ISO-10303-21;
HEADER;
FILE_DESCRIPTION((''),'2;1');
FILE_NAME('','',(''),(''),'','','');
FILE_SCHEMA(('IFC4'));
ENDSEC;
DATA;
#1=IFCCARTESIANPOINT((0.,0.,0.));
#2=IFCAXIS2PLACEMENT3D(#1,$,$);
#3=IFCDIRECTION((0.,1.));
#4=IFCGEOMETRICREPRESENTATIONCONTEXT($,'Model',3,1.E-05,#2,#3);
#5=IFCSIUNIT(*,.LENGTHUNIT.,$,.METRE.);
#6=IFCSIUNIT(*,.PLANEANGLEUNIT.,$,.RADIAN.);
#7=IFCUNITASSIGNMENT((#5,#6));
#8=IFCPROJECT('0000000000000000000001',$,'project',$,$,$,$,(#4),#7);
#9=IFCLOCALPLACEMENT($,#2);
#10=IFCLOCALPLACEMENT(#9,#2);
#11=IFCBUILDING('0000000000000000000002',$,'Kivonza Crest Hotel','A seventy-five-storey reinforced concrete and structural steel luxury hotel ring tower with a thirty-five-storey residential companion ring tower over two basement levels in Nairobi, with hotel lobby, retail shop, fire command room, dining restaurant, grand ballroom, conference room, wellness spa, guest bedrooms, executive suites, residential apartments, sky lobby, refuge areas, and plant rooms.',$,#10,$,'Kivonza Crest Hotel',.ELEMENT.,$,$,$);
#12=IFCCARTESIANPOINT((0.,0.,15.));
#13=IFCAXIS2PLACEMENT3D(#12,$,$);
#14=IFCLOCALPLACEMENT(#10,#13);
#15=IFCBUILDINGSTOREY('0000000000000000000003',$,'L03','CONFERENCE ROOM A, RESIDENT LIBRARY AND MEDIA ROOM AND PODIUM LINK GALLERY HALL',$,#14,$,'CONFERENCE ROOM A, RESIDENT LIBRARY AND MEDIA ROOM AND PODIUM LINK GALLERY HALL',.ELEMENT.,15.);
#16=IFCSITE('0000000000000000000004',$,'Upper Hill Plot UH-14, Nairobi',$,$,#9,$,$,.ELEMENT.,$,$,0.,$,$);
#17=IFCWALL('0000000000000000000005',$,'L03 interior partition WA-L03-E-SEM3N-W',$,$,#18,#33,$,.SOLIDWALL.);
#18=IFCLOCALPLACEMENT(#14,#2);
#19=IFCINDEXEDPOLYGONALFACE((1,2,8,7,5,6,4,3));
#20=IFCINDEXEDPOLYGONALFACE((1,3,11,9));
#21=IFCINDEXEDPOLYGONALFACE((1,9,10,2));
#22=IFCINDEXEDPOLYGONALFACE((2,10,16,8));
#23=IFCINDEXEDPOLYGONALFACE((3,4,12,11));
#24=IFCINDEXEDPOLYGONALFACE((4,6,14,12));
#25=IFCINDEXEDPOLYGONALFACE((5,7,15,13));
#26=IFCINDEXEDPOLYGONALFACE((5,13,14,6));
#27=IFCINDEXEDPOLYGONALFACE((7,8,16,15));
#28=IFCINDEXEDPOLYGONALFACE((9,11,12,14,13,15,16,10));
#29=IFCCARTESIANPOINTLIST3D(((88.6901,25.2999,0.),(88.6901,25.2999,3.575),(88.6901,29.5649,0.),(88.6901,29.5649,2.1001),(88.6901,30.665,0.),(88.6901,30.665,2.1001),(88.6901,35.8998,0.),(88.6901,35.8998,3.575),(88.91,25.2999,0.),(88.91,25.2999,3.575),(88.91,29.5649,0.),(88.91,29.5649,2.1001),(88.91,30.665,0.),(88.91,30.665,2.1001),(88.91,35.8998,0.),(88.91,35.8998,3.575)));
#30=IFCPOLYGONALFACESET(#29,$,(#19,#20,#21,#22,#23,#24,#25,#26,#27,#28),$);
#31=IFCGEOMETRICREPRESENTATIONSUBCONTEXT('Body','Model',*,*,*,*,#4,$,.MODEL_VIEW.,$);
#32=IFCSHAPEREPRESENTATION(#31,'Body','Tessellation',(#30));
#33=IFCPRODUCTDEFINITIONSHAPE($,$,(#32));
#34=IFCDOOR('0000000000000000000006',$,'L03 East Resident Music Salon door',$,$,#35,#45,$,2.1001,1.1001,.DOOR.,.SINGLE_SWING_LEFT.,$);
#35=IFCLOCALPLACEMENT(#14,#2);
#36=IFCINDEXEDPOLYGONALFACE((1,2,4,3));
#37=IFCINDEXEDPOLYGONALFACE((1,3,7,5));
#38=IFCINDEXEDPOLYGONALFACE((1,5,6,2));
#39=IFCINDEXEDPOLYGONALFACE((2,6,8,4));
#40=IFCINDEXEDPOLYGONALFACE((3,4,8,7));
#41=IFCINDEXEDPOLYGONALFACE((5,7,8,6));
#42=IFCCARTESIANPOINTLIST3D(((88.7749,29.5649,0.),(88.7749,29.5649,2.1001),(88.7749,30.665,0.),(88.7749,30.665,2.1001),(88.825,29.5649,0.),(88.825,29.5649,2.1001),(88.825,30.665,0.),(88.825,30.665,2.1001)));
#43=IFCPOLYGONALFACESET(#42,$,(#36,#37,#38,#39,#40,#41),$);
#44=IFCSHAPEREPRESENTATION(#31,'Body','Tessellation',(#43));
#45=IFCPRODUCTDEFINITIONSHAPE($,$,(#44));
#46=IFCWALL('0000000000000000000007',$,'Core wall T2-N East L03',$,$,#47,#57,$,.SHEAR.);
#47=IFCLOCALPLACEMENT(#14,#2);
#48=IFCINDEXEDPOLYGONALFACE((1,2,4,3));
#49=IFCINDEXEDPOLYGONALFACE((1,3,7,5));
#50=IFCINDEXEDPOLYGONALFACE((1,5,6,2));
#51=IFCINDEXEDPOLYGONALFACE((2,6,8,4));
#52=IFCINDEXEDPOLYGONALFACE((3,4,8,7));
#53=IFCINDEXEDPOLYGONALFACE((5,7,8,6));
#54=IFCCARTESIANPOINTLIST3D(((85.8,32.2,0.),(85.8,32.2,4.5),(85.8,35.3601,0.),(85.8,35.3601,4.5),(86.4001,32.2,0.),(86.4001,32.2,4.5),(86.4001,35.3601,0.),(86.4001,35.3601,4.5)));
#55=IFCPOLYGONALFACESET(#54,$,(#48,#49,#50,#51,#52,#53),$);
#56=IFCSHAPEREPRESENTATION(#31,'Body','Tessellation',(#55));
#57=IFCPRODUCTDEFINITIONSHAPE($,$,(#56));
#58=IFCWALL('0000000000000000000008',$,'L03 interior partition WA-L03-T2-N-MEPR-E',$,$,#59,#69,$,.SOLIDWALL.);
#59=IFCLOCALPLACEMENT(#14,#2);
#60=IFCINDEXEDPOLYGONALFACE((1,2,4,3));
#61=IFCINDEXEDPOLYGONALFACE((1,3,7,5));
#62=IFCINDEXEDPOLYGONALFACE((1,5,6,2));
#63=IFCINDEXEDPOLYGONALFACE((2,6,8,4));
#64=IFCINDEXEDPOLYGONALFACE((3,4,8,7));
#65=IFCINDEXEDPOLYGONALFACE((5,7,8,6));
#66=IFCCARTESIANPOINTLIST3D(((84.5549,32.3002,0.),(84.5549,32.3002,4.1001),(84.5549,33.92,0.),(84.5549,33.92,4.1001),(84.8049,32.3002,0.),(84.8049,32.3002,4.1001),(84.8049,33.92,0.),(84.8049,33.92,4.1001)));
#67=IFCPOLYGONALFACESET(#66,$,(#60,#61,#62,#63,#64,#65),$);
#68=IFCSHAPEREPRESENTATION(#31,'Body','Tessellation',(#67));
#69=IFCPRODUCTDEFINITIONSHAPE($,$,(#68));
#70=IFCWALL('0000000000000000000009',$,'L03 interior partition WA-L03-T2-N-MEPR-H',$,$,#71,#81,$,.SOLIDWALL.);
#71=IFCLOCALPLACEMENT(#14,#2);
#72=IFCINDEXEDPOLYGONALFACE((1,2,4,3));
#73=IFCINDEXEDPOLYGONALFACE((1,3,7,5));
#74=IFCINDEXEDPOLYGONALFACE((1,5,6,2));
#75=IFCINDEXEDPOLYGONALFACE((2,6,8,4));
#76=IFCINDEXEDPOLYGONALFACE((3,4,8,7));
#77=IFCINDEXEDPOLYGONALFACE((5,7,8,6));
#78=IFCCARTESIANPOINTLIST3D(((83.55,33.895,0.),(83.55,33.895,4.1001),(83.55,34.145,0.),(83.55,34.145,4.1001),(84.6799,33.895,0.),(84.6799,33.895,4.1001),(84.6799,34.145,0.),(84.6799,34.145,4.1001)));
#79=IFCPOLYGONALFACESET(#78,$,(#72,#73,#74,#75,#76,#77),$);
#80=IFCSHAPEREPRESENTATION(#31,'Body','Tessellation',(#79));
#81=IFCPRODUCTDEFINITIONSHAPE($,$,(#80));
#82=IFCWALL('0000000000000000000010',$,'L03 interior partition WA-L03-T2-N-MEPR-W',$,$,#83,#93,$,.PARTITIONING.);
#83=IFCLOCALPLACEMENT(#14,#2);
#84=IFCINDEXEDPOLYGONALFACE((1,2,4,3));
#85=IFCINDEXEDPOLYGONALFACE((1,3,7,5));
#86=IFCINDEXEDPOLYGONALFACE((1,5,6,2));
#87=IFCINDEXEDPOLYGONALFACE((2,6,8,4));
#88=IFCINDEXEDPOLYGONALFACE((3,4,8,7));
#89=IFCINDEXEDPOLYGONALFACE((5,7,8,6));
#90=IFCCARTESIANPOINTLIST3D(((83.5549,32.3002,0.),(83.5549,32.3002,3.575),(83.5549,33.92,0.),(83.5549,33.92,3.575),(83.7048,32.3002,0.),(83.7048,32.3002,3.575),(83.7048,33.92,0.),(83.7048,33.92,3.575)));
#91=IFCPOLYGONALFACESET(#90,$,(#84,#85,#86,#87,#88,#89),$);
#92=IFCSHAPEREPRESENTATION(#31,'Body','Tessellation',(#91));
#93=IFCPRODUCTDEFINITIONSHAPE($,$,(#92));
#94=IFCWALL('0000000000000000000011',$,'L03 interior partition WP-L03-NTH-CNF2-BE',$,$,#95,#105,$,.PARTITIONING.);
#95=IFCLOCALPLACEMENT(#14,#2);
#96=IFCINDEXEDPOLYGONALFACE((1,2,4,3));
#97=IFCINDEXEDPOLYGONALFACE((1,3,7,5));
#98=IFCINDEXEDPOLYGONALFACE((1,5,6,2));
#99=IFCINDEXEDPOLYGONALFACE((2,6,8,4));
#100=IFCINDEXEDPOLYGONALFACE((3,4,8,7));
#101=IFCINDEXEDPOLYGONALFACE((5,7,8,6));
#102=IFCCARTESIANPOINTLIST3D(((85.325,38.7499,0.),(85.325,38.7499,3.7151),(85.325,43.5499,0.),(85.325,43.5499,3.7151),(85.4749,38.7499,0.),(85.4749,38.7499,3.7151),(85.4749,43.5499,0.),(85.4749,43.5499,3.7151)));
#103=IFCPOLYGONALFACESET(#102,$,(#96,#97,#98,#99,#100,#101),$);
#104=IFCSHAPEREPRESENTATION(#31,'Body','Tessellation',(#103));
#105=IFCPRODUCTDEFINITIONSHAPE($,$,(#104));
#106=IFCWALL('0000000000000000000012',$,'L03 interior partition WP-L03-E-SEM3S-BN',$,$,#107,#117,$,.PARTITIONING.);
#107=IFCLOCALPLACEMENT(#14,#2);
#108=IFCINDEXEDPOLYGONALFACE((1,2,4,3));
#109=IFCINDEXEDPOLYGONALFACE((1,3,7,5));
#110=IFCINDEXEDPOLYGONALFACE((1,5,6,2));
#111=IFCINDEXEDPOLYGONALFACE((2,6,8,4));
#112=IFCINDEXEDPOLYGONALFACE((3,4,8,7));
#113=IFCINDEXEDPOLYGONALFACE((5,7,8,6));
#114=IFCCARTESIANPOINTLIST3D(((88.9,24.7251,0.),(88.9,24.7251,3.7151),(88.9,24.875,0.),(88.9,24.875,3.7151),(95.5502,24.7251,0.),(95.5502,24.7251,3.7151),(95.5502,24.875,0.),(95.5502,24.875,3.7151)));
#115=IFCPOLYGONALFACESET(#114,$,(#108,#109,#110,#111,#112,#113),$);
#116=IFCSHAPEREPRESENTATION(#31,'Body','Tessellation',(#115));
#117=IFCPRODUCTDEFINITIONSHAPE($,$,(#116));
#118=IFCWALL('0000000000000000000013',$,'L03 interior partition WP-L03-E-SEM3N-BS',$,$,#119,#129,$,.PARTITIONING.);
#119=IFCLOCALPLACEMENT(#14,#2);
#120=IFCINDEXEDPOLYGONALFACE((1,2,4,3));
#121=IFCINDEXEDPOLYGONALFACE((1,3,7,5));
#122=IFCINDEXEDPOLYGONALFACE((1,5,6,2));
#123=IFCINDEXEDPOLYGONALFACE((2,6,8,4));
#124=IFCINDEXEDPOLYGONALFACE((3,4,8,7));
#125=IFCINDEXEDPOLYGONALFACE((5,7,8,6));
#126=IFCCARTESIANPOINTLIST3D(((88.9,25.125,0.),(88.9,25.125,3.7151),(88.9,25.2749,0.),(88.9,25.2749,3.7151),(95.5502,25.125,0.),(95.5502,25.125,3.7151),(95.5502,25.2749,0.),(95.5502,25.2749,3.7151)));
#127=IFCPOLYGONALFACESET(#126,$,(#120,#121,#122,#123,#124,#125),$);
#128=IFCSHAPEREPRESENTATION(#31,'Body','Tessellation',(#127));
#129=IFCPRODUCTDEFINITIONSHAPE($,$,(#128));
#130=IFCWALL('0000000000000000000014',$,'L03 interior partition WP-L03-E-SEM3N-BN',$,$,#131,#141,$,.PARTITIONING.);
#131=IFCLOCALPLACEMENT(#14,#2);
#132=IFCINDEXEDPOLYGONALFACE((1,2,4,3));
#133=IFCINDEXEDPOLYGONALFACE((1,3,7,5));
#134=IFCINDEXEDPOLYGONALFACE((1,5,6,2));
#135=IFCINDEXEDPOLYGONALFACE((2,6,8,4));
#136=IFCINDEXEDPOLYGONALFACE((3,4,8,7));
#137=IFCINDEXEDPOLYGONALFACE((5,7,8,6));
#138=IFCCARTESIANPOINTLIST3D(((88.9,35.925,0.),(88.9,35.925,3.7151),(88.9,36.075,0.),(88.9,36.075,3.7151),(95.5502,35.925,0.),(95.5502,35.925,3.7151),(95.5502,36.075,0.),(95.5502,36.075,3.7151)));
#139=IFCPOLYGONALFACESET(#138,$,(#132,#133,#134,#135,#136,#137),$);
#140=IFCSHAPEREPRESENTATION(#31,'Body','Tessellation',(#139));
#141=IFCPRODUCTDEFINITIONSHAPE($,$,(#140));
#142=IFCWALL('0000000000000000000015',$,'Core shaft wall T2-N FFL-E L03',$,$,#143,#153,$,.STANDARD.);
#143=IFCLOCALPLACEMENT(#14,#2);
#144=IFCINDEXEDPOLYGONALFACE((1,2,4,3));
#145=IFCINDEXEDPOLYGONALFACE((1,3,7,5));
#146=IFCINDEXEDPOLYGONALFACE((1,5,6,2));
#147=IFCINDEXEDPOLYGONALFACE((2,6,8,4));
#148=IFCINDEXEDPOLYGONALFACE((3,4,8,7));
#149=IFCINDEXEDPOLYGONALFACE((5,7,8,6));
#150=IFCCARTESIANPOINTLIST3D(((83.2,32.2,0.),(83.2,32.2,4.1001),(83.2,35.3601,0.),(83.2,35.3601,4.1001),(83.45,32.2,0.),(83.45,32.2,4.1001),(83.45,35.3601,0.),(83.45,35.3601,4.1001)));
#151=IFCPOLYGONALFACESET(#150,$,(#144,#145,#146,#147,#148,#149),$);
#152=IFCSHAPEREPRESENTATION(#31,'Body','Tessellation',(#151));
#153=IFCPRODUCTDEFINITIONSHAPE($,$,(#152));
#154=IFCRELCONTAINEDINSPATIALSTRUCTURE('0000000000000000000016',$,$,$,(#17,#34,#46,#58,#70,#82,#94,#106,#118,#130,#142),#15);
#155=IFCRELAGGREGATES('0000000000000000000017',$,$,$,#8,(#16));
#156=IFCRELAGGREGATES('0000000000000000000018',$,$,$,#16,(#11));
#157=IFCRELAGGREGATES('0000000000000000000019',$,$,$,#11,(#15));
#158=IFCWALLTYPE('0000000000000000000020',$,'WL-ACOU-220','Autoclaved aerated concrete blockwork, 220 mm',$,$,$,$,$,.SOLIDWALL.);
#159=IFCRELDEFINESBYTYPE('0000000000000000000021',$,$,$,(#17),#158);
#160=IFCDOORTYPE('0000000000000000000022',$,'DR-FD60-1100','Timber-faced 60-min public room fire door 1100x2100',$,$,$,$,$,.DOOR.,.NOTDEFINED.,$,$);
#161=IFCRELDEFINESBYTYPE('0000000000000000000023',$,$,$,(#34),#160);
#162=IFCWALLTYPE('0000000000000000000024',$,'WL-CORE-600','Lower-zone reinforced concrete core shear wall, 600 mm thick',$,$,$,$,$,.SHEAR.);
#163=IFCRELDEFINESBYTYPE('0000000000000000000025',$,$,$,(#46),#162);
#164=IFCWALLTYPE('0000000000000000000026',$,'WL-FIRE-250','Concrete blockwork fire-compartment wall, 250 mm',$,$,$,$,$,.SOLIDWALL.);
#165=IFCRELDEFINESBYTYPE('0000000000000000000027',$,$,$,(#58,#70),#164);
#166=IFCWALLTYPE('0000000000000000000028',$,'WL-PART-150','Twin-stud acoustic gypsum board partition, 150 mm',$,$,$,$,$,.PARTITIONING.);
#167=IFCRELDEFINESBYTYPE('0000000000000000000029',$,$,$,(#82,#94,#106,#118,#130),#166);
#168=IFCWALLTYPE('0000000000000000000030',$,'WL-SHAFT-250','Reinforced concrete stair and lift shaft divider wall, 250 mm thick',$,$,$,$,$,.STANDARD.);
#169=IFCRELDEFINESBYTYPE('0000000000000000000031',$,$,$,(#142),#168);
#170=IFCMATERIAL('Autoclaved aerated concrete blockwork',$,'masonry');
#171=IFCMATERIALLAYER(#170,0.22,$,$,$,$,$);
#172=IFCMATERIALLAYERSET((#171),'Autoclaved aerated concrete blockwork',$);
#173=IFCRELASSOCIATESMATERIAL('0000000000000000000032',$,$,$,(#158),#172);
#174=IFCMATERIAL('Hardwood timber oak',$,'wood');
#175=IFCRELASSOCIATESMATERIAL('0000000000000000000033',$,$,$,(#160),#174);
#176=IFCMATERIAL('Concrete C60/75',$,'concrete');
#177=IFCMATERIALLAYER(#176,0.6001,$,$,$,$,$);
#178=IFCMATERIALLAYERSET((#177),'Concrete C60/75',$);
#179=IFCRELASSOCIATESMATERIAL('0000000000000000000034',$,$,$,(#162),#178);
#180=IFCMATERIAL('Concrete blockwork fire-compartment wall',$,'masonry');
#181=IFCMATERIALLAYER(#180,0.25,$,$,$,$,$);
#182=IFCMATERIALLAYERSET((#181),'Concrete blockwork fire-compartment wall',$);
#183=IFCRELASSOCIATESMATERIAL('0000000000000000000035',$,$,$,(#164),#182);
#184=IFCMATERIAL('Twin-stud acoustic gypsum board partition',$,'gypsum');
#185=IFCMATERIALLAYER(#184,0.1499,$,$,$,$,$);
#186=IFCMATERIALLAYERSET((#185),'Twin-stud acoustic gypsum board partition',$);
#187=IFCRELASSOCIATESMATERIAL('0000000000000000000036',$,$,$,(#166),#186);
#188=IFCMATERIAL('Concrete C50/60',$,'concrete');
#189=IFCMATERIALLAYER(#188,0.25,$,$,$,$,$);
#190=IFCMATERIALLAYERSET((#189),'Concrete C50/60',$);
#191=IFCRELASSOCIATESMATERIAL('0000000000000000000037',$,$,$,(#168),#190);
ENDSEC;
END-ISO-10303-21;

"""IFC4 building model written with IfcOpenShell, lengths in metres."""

from ifc_helpers import new_model, si_unit, direction, frame, frame_2d, origin, place, context, subcontext, project, spatial, rectangle, extrude, material, layer, layer_set, type_object, element, fill, save


model = new_model("IFC4")

# Units and contexts
model_context = context("Model", 3, precision=1e-05, world=origin(), true_north=direction((0.0, 1.0)))
body_context = subcontext(model_context, "Body", "Model", "MODEL_VIEW")
ifc_project = project(units=[si_unit("LENGTHUNIT", "METRE"), si_unit("PLANEANGLEUNIT", "RADIAN")], contexts=[model_context])

# Site, building, storey
site_placement = place(None, origin())
site = spatial("IfcSite", under=ifc_project, at=site_placement, Name="Upper Hill Plot UH-14, Nairobi", CompositionType="ELEMENT", RefElevation=0.0)
building_placement = place(site_placement, origin())
building = spatial("IfcBuilding", under=site, at=building_placement, Name="Kivonza Crest Hotel", Description="A seventy-five-storey reinforced concrete and structural steel luxury hotel ring tower with a thirty-five-storey residential companion ring tower over two basement levels in Nairobi, with hotel lobby, retail shop, fire command room, dining restaurant, grand ballroom, conference room, wellness spa, guest bedrooms, executive suites, residential apartments, sky lobby, refuge areas, and plant rooms.", LongName="Kivonza Crest Hotel", CompositionType="ELEMENT")
storey_placement = place(building_placement, frame((0.0, 0.0, 15.0)))
storey = spatial("IfcBuildingStorey", under=building, at=storey_placement, Name="L03", Description="CONFERENCE ROOM A, RESIDENT LIBRARY AND MEDIA ROOM AND PODIUM LINK GALLERY HALL", LongName="CONFERENCE ROOM A, RESIDENT LIBRARY AND MEDIA ROOM AND PODIUM LINK GALLERY HALL", CompositionType="ELEMENT", Elevation=15.0)

# Shared definitions
ifc_material_1 = material(Name="Concrete C60/75", Category="concrete")

# Wall, opening, door
ifc_material_2 = material(Name="Autoclaved aerated concrete blockwork", Category="masonry")
ifc_layer_1 = layer(ifc_material_2, 0.22)
ifc_layer_set_1 = layer_set([ifc_layer_1], Name="Autoclaved aerated concrete blockwork")
wall_type_1 = type_object("IfcWallType", Name="WL-ACOU-220", Description="Autoclaved aerated concrete blockwork, 220 mm", PredefinedType="SOLIDWALL", material=ifc_layer_set_1)
wall_1_placement = place(storey_placement, frame((88.8, 25.3, 0.0), z_axis=(0.0, 0.0, 1.0), x_axis=(0.0, 1.0, 0.0)))
wall_1 = element("IfcWall", 1, at=wall_1_placement, inside=storey, type_object=wall_type_1, Name="L03 interior partition WA-L03-E-SEM3N-W", PredefinedType="SOLIDWALL", context=body_context, shape_type="SweptSolid", body=[
    extrude(rectangle(XDim=10.5999, YDim=0.22, at=frame_2d((5.2998, 0.0))), origin(), (0.0, 0.0, 1.0), 3.575),
])
opening_1_placement = place(wall_1_placement, frame((4.2649, 0.0, 0.0)))
opening_1 = element("IfcOpeningElement", 2, at=opening_1_placement, cuts=wall_1, PredefinedType="OPENING", context=body_context, shape_type="SweptSolid", body=[
    extrude(rectangle(XDim=1.1001, YDim=2.1001, at=frame_2d((0.55, 1.05))), frame((0.0, 0.1201, 0.0), z_axis=(0.0, -1.0, 0.0), x_axis=(1.0, 0.0, 0.0)), (0.0, 0.0, 1.0), 0.24),
])
ifc_material_3 = material(Name="Hardwood timber oak", Category="wood")
door_type_1 = type_object("IfcDoorType", Name="DR-FD60-1100", Description="Timber-faced 60-min public room fire door 1100x2100", OperationType="NOTDEFINED", PredefinedType="DOOR", material=ifc_material_3)
door_1_placement = place(opening_1_placement, frame((1.1001, 0.0, 0.0), z_axis=(0.0, 0.0, 1.0), x_axis=(-1.0, 0.0, 0.0)))
door_1 = element("IfcDoor", 3, at=door_1_placement, inside=storey, type_object=door_type_1, Name="L03 East Resident Music Salon door", OperationType="SINGLE_SWING_LEFT", OverallHeight=2.1001, OverallWidth=1.1001, PredefinedType="DOOR", context=body_context, shape_type="SweptSolid", body=[
    extrude(rectangle(XDim=1.1001, YDim=2.1001, at=frame_2d((0.55, 1.05))), frame((0.0, 0.0249, 0.0), z_axis=(0.0, -1.0, 0.0), x_axis=(1.0, 0.0, 0.0)), (0.0, 0.0, 1.0), 0.05),
])
fill(opening_1, door_1)

# Walls
ifc_layer_2 = layer(ifc_material_1, 0.6001)
ifc_layer_set_2 = layer_set([ifc_layer_2], Name="Concrete C60/75")
wall_type_2 = type_object("IfcWallType", Name="WL-CORE-600", Description="Lower-zone reinforced concrete core shear wall, 600 mm thick", PredefinedType="SHEAR", material=ifc_layer_set_2)
wall_2_placement = place(storey_placement, frame((86.1001, 32.2, 0.0), z_axis=(0.0, 0.0, 1.0), x_axis=(0.0, 1.0, 0.0)))
element("IfcWall", 4, at=wall_2_placement, inside=storey, type_object=wall_type_2, Name="Core wall T2-N East L03", PredefinedType="SHEAR", context=body_context, shape_type="SweptSolid", body=[
    extrude(rectangle(XDim=3.1602, YDim=0.6001, at=frame_2d((1.5801, 0.0))), origin(), (0.0, 0.0, 1.0), 4.5),
])
ifc_material_4 = material(Name="Concrete blockwork fire-compartment wall", Category="masonry")
ifc_layer_3 = layer(ifc_material_4, 0.25)
ifc_layer_set_3 = layer_set([ifc_layer_3], Name="Concrete blockwork fire-compartment wall")
wall_type_3 = type_object("IfcWallType", Name="WL-FIRE-250", Description="Concrete blockwork fire-compartment wall, 250 mm", PredefinedType="SOLIDWALL", material=ifc_layer_set_3)
wall_3_placement = place(storey_placement, frame((84.6799, 32.3, 0.0), z_axis=(0.0, 0.0, 1.0), x_axis=(0.0, 1.0, 0.0)))
element("IfcWall", 5, at=wall_3_placement, inside=storey, type_object=wall_type_3, Name="L03 interior partition WA-L03-T2-N-MEPR-E", PredefinedType="SOLIDWALL", context=body_context, shape_type="SweptSolid", body=[
    extrude(rectangle(XDim=1.6199, YDim=0.25, at=frame_2d((0.8101, 0.0))), origin(), (0.0, 0.0, 1.0), 4.1001),
])
wall_4_placement = place(storey_placement, frame((83.55, 34.02, 0.0), z_axis=(0.0, 0.0, 1.0), x_axis=(1.0, 0.0, 0.0)))
element("IfcWall", 6, at=wall_4_placement, inside=storey, type_object=wall_type_3, Name="L03 interior partition WA-L03-T2-N-MEPR-H", PredefinedType="SOLIDWALL", context=body_context, shape_type="SweptSolid", body=[
    extrude(rectangle(XDim=1.1299, YDim=0.25, at=frame_2d((0.5649, 0.0))), origin(), (0.0, 0.0, 1.0), 4.1001),
])
ifc_material_5 = material(Name="Twin-stud acoustic gypsum board partition", Category="gypsum")
ifc_layer_4 = layer(ifc_material_5, 0.1499)
ifc_layer_set_4 = layer_set([ifc_layer_4], Name="Twin-stud acoustic gypsum board partition")
wall_type_4 = type_object("IfcWallType", Name="WL-PART-150", Description="Twin-stud acoustic gypsum board partition, 150 mm", PredefinedType="PARTITIONING", material=ifc_layer_set_4)
wall_5_placement = place(storey_placement, frame((83.6299, 32.3, 0.0), z_axis=(0.0, 0.0, 1.0), x_axis=(0.0, 1.0, 0.0)))
element("IfcWall", 7, at=wall_5_placement, inside=storey, type_object=wall_type_4, Name="L03 interior partition WA-L03-T2-N-MEPR-W", PredefinedType="PARTITIONING", context=body_context, shape_type="SweptSolid", body=[
    extrude(rectangle(XDim=1.6199, YDim=0.1499, at=frame_2d((0.8101, 0.0))), origin(), (0.0, 0.0, 1.0), 3.575),
])
wall_6_placement = place(storey_placement, frame((85.3999, 38.75, 0.0), z_axis=(0.0, 0.0, 1.0), x_axis=(0.0, 1.0, 0.0)))
element("IfcWall", 8, at=wall_6_placement, inside=storey, type_object=wall_type_4, Name="L03 interior partition WP-L03-NTH-CNF2-BE", PredefinedType="PARTITIONING", context=body_context, shape_type="SweptSolid", body=[
    extrude(rectangle(XDim=4.8, YDim=0.1499, at=frame_2d((2.3999, 0.0))), origin(), (0.0, 0.0, 1.0), 3.7151),
])
for number, where, z_axis, x_axis, name in (
    (9, (88.8999, 24.8, 0.0), (0.0, 0.0, 1.0), (1.0, 0.0, 0.0), "L03 interior partition WP-L03-E-SEM3S-BN"),
    (10, (88.8999, 25.2, 0.0), (0.0, 0.0, 1.0), (1.0, 0.0, 0.0), "L03 interior partition WP-L03-E-SEM3N-BS"),
    (11, (88.8999, 36.0, 0.0), (0.0, 0.0, 1.0), (1.0, 0.0, 0.0), "L03 interior partition WP-L03-E-SEM3N-BN"),
):
    element("IfcWall", number, at=place(storey_placement, frame(where, z_axis=z_axis, x_axis=x_axis)), inside=storey, type_object=wall_type_4, Name=name, PredefinedType="PARTITIONING", context=body_context, shape_type="SweptSolid", body=[
        extrude(rectangle(XDim=6.6501, YDim=0.1499, at=frame_2d((3.3252, 0.0))), origin(), (0.0, 0.0, 1.0), 3.7151),
    ])

# Shared definitions
ifc_material_6 = material(Name="Concrete C50/60", Category="concrete")
ifc_layer_5 = layer(ifc_material_6, 0.25)
ifc_layer_set_5 = layer_set([ifc_layer_5], Name="Concrete C50/60")
wall_type_5 = type_object("IfcWallType", Name="WL-SHAFT-250", Description="Reinforced concrete stair and lift shaft divider wall, 250 mm thick", PredefinedType="STANDARD", material=ifc_layer_set_5)

# Wall
wall_7_placement = place(storey_placement, frame((83.325, 32.2, 0.0), z_axis=(0.0, 0.0, 1.0), x_axis=(0.0, 1.0, 0.0)))
element("IfcWall", 12, at=wall_7_placement, inside=storey, type_object=wall_type_5, Name="Core shaft wall T2-N FFL-E L03", PredefinedType="STANDARD", context=body_context, shape_type="SweptSolid", body=[
    extrude(rectangle(XDim=3.1602, YDim=0.25, at=frame_2d((1.5801, 0.0))), origin(), (0.0, 0.0, 1.0), 4.1001),
])

save(model, "model.ifc")
